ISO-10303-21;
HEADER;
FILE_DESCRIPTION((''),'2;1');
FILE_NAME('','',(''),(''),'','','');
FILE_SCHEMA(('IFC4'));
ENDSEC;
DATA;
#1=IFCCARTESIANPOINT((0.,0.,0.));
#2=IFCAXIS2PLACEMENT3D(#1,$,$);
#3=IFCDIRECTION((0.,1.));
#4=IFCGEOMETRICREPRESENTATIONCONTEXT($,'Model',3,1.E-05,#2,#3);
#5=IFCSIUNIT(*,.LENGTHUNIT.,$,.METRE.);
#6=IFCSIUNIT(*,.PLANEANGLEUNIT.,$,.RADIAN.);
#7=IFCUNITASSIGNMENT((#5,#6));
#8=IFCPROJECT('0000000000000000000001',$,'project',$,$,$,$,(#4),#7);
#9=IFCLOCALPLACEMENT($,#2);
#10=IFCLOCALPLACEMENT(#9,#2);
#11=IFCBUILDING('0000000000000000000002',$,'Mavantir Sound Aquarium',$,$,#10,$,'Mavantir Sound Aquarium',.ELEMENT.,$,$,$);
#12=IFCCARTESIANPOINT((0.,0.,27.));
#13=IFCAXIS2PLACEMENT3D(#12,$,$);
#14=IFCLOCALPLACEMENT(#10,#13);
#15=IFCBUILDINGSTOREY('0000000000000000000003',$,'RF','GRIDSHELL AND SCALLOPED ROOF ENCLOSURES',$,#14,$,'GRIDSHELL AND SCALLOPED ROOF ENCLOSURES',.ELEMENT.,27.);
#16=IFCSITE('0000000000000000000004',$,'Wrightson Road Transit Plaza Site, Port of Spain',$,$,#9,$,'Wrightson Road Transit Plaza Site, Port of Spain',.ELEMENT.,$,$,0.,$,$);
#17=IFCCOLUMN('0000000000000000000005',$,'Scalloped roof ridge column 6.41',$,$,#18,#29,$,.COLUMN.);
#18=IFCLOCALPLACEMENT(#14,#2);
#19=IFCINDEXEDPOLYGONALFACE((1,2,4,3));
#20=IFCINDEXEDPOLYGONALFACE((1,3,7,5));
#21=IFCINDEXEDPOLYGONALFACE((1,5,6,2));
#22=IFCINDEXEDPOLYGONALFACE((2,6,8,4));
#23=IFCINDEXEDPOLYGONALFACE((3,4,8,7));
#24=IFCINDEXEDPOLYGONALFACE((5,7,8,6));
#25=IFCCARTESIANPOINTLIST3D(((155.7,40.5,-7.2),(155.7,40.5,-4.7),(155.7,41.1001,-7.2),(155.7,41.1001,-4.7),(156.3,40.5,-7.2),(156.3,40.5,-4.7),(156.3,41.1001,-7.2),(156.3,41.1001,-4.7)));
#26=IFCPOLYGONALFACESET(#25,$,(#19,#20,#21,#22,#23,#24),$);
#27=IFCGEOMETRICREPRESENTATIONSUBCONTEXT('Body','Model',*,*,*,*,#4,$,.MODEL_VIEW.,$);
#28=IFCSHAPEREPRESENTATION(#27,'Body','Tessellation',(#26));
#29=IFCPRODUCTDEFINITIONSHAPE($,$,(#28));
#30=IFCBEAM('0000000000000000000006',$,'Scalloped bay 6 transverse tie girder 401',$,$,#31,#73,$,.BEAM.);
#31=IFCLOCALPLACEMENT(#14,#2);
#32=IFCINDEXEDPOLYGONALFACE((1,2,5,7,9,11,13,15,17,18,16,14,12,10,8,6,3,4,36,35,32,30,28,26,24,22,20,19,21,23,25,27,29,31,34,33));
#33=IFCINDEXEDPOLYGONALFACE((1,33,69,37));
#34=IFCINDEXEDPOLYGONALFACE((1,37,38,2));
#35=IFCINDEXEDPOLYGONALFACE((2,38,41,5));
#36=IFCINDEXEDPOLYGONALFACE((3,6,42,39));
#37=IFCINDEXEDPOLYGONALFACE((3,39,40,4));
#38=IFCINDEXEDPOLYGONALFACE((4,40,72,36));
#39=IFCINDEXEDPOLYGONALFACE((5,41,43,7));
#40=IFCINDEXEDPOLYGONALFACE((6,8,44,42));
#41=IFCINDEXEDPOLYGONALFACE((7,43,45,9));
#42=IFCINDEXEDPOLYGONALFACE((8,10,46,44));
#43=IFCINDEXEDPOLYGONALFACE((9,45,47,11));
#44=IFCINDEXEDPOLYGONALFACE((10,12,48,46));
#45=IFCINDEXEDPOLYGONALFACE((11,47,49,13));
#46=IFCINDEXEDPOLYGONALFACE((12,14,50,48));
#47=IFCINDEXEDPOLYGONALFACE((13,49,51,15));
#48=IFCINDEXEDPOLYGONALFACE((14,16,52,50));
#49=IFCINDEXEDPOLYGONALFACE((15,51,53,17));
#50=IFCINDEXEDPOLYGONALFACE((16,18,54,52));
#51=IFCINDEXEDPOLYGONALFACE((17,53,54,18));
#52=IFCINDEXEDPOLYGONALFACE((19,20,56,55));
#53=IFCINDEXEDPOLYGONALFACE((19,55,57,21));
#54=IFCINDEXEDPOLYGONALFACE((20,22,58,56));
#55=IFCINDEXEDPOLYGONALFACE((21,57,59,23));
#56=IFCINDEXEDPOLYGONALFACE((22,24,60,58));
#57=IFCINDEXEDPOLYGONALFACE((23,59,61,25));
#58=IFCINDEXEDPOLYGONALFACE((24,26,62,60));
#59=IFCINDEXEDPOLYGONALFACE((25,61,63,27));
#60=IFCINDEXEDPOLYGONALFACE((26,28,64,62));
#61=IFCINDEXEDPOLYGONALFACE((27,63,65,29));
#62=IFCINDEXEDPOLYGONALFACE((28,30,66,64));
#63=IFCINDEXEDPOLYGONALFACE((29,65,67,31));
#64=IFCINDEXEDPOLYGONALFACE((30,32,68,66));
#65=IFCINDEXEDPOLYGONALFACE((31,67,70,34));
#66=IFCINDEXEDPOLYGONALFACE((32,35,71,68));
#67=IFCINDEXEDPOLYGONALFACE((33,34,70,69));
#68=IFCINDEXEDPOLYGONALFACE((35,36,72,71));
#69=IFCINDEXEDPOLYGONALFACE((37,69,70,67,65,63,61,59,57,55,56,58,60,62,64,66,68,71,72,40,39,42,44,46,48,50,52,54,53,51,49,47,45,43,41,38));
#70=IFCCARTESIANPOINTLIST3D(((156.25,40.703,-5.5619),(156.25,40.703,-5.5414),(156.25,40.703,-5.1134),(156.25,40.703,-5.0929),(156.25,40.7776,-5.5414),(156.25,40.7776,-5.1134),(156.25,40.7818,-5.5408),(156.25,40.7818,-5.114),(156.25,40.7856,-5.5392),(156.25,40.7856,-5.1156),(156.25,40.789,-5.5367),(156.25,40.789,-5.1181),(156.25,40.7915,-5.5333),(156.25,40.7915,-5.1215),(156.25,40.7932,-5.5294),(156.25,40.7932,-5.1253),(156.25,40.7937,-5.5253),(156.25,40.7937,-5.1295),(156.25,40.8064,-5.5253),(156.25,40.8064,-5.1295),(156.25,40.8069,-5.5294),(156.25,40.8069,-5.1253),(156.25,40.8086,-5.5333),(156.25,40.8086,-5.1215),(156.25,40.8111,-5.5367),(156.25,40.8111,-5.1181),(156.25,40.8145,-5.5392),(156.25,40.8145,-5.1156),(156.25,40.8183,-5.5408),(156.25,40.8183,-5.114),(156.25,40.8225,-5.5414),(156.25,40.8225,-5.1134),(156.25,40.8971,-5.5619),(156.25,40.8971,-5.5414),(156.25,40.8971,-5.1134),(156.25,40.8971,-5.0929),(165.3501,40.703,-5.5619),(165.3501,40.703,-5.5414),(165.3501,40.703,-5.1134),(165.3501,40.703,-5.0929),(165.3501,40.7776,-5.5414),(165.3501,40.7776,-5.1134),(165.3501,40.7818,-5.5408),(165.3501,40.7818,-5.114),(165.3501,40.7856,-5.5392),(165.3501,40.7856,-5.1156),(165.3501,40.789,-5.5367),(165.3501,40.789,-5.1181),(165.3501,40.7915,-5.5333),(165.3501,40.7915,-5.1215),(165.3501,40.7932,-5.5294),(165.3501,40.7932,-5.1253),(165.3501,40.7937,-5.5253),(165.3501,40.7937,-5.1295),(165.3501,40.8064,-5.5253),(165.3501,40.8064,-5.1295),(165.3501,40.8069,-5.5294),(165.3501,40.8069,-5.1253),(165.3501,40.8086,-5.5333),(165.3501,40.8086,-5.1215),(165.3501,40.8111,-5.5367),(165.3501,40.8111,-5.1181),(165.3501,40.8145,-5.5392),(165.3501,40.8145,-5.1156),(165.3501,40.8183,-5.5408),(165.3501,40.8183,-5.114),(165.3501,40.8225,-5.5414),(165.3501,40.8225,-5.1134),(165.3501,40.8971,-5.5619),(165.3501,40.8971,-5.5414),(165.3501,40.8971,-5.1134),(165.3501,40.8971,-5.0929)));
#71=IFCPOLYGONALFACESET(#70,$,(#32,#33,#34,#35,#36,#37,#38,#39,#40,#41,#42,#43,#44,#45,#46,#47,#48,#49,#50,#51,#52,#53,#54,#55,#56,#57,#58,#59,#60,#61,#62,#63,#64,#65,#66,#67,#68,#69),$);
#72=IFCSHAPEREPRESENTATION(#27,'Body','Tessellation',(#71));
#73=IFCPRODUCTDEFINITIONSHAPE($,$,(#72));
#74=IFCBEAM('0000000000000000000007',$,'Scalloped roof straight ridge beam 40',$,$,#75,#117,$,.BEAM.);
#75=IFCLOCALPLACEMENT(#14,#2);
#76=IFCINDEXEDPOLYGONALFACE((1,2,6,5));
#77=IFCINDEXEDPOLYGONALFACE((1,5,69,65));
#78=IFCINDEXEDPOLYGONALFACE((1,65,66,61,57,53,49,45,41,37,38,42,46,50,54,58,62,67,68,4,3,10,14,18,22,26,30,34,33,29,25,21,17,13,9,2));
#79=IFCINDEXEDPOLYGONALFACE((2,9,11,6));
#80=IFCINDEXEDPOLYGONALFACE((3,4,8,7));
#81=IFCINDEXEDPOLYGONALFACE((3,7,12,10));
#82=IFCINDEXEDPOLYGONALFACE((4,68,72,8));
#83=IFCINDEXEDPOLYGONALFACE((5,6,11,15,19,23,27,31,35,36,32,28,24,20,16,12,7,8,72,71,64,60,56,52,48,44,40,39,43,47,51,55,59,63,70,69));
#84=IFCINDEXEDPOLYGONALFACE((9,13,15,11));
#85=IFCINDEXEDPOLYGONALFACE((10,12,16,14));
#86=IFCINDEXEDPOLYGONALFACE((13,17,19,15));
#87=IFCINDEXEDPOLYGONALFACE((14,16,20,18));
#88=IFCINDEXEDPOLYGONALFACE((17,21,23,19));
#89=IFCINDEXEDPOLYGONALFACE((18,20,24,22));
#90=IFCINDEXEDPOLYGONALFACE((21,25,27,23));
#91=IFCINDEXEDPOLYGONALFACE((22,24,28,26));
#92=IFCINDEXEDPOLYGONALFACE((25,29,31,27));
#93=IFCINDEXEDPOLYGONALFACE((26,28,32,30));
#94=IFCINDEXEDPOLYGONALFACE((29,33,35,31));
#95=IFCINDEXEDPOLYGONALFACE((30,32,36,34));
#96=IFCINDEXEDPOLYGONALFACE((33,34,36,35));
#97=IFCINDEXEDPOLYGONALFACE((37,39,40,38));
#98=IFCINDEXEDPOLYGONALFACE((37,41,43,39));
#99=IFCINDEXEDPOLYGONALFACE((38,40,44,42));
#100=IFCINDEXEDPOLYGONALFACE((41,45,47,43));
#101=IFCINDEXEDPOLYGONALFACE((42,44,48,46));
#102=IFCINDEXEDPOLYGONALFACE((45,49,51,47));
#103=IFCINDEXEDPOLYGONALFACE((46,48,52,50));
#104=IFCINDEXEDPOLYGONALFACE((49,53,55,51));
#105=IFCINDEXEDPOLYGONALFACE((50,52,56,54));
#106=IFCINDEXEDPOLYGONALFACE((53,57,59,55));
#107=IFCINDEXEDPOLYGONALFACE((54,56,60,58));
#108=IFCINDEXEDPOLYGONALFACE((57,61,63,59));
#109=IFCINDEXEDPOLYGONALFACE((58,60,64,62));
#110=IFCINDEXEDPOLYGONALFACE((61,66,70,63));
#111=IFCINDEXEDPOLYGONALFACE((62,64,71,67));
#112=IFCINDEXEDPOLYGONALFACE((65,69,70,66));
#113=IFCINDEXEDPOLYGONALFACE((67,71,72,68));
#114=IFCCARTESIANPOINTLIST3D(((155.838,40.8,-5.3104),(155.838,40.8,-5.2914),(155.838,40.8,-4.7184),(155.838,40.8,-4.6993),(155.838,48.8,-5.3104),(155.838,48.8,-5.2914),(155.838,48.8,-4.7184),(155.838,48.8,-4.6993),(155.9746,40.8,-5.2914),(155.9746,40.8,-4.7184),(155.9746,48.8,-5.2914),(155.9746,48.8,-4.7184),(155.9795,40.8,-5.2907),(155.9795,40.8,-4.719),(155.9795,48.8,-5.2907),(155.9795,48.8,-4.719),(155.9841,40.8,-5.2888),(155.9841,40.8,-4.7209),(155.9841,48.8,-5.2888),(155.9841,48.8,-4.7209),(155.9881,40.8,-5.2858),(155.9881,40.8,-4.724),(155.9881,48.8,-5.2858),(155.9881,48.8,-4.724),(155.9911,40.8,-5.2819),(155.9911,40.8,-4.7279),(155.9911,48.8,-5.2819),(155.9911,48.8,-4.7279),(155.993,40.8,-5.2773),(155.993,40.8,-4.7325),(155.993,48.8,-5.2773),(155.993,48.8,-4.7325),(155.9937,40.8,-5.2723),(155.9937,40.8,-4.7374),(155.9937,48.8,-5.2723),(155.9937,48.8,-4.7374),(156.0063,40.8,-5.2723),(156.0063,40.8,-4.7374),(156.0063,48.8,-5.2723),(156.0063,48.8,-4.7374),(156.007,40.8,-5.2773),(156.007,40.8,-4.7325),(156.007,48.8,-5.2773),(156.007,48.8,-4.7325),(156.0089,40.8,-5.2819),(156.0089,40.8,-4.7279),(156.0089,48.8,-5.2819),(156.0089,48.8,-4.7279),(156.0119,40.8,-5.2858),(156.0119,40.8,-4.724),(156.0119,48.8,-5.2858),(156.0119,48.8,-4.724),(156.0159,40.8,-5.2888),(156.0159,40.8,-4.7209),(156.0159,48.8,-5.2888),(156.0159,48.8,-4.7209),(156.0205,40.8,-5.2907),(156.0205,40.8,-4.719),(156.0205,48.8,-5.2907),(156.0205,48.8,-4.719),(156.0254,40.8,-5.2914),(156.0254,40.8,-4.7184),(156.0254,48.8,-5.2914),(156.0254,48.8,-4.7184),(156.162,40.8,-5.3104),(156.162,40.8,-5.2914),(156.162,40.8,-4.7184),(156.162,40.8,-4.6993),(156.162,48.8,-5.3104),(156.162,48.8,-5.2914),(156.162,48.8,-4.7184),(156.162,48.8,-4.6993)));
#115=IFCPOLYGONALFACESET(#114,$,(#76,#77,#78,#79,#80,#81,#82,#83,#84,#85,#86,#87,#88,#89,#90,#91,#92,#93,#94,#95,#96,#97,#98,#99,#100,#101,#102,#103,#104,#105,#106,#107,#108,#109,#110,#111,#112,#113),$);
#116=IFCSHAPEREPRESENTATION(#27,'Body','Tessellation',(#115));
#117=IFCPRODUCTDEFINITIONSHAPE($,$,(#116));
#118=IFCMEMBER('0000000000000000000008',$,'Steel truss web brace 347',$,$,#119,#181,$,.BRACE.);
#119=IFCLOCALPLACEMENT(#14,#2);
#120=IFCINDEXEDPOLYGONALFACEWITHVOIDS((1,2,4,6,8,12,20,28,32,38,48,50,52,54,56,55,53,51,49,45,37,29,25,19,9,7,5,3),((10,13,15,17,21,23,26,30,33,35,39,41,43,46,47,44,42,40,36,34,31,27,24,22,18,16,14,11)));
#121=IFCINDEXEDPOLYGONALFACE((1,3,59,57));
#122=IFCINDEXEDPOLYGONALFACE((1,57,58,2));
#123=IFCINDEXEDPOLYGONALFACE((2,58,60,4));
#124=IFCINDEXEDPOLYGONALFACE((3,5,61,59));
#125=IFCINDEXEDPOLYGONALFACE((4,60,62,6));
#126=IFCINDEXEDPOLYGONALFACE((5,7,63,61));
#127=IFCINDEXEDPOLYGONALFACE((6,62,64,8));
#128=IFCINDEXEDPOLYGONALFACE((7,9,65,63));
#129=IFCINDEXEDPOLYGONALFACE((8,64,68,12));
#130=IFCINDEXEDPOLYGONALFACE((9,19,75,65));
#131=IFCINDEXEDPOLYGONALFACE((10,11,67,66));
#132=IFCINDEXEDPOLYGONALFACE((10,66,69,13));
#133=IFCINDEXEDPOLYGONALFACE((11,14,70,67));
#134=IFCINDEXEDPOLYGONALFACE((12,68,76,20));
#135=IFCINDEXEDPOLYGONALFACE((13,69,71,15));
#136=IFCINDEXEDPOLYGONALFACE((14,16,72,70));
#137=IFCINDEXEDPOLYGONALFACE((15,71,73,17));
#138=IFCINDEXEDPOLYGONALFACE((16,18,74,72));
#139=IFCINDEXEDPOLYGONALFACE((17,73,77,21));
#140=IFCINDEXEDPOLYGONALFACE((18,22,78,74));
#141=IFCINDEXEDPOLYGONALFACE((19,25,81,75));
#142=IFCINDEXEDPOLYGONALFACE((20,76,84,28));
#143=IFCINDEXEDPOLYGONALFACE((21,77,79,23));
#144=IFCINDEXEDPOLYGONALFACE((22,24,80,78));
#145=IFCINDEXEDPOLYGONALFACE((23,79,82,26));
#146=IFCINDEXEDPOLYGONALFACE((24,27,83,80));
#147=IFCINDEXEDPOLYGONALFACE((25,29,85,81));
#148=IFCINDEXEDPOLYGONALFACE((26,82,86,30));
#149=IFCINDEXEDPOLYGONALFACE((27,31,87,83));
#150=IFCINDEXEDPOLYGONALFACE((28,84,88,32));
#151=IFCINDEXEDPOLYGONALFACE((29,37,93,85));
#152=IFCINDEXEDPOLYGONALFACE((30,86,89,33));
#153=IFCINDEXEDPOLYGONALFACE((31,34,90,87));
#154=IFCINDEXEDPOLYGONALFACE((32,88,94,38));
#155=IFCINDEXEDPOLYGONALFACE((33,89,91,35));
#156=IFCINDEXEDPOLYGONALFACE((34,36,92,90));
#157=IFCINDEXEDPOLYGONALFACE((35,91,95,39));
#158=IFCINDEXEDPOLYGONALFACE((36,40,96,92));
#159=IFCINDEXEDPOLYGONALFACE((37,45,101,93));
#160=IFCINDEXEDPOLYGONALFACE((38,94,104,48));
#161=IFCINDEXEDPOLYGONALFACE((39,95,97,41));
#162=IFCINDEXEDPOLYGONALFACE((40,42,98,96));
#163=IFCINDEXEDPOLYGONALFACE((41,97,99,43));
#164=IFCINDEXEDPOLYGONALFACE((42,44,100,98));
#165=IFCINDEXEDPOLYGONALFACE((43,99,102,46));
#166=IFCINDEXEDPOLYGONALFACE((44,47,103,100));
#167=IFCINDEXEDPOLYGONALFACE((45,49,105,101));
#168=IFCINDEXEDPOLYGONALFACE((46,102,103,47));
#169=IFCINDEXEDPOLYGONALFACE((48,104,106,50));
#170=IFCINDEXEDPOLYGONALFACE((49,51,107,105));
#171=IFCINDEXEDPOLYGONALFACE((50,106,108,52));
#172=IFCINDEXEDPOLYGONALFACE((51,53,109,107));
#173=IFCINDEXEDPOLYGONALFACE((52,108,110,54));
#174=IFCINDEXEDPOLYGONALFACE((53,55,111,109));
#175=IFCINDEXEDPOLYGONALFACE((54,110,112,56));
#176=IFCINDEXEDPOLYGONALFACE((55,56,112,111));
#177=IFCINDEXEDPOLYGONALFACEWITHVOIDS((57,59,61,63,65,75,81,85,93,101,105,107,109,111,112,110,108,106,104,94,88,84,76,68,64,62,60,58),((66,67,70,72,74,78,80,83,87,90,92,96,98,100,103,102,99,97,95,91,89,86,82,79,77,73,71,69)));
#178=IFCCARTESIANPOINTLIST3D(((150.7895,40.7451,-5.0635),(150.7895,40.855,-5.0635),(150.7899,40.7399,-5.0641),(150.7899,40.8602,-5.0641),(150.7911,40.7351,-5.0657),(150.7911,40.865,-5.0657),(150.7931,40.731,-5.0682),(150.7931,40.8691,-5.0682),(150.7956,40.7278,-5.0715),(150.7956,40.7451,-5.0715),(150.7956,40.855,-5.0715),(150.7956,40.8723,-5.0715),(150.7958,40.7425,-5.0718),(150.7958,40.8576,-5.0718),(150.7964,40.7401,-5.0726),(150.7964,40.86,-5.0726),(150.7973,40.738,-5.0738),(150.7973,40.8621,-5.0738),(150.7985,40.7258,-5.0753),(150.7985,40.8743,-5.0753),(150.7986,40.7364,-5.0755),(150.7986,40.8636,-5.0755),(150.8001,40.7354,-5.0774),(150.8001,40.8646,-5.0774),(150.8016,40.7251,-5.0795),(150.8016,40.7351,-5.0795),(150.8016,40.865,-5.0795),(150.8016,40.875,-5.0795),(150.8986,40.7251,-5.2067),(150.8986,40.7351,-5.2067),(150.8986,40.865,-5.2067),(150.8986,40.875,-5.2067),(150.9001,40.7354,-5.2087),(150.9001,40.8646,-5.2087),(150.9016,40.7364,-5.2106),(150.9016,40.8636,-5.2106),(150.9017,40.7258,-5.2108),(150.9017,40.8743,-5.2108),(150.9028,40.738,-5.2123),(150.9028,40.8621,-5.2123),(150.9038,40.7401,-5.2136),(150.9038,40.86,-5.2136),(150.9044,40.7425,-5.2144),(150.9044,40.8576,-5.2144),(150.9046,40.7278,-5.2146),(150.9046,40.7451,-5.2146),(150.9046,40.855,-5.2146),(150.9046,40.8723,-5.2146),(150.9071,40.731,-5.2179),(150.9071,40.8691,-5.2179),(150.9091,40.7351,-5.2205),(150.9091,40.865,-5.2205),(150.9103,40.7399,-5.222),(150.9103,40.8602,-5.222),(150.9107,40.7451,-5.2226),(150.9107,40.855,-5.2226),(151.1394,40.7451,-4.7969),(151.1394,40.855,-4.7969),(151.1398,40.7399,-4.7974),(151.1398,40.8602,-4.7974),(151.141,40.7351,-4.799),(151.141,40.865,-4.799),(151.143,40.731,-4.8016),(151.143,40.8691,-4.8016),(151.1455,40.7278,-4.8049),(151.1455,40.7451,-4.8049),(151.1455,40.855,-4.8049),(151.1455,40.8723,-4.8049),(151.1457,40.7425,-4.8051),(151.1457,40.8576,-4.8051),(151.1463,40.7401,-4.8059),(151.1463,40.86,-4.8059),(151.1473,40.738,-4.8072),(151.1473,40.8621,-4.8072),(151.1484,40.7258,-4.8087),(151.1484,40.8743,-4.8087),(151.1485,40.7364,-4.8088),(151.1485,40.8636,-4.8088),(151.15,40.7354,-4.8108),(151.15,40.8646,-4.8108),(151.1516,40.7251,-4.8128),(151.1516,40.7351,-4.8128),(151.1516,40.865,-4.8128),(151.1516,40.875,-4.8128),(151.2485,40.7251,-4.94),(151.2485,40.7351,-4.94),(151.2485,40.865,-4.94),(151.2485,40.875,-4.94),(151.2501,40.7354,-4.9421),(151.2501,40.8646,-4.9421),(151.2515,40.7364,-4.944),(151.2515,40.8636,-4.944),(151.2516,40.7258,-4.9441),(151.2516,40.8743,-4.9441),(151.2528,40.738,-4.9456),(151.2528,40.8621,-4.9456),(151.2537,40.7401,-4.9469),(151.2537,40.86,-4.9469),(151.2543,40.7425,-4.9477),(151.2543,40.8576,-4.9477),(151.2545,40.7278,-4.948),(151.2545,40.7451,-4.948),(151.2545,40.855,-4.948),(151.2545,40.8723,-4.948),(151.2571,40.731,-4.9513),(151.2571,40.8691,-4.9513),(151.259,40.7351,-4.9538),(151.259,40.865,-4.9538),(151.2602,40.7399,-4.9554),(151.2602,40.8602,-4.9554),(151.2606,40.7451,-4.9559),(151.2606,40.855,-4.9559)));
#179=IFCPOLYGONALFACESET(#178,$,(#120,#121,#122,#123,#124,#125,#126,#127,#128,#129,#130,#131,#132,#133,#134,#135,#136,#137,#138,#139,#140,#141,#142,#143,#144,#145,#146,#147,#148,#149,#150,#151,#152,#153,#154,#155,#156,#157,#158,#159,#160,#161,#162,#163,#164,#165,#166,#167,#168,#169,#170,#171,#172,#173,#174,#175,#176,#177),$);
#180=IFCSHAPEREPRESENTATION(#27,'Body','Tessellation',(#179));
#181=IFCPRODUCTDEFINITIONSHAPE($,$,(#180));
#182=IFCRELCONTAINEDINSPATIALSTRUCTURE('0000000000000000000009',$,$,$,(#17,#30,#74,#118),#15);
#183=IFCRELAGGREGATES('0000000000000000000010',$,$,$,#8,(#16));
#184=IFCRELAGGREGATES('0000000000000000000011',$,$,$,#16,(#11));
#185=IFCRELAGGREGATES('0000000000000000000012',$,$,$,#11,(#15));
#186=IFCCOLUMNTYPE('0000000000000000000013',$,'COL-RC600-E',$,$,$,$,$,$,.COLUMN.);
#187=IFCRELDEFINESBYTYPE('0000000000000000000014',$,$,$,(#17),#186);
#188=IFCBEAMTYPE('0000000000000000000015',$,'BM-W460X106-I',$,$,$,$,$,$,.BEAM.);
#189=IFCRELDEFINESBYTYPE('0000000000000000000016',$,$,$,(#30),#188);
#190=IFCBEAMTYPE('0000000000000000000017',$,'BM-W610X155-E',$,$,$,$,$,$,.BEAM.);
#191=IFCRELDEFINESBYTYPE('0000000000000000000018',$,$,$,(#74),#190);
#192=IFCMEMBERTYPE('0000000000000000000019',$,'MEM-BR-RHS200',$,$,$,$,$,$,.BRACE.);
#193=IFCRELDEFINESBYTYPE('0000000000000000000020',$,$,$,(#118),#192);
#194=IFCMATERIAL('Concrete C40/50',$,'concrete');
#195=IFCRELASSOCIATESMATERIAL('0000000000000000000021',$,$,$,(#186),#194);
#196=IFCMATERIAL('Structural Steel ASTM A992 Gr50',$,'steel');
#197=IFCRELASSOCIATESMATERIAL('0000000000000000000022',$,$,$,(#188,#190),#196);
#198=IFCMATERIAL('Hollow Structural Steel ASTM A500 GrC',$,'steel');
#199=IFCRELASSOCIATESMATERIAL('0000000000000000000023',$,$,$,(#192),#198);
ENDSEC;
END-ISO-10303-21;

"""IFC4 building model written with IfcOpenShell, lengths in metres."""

from ifc_helpers import new_model, si_unit, direction, frame, origin, origin_2d, place, context, subcontext, project, spatial, rectangle, hollow_rectangle, i_section, extrude, material, material_profile, profile_set, type_object, element, save


model = new_model("IFC4")

# Units and contexts
model_context = context("Model", 3, precision=1e-05, world=origin(), true_north=direction((0.0, 1.0)))
body_context = subcontext(model_context, "Body", "Model", "MODEL_VIEW")
ifc_project = project(units=[si_unit("LENGTHUNIT", "METRE"), si_unit("PLANEANGLEUNIT", "RADIAN")], contexts=[model_context])

# Site, building, storey
site_placement = place(None, origin())
site = spatial("IfcSite", under=ifc_project, at=site_placement, Name="Wrightson Road Transit Plaza Site, Port of Spain", LongName="Wrightson Road Transit Plaza Site, Port of Spain", CompositionType="ELEMENT", RefElevation=0.0)
building_placement = place(site_placement, origin())
building = spatial("IfcBuilding", under=site, at=building_placement, Name="Mavantir Sound Aquarium", LongName="Mavantir Sound Aquarium", CompositionType="ELEMENT")
storey_placement = place(building_placement, frame((0.0, 0.0, 27.0)))
storey = spatial("IfcBuildingStorey", under=building, at=storey_placement, Name="RF", Description="GRIDSHELL AND SCALLOPED ROOF ENCLOSURES", LongName="GRIDSHELL AND SCALLOPED ROOF ENCLOSURES", CompositionType="ELEMENT", Elevation=27.0)

# Column
ifc_material_1 = material(Name="Concrete C40/50", Category="concrete")
ifc_material_profile_1 = material_profile(ifc_material_1, rectangle(XDim=0.6001, YDim=0.6001, at=origin_2d()), Name="RC 600X600")
ifc_profile_set_1 = profile_set([ifc_material_profile_1], Name="Concrete C40/50")
column_type = type_object("IfcColumnType", Name="COL-RC600-E", PredefinedType="COLUMN", material=ifc_profile_set_1)
column_placement = place(storey_placement, frame((156.0, 40.8, -7.2), z_axis=(0.0, 0.0, 1.0), x_axis=(1.0, 0.0, 0.0)))
element("IfcColumn", 1, at=column_placement, inside=storey, type_object=column_type, Name="Scalloped roof ridge column 6.41", PredefinedType="COLUMN", context=body_context, shape_type="SweptSolid", body=[
    extrude(rectangle(XDim=0.6001, YDim=0.6001, at=origin_2d()), origin(), (0.0, 0.0, 1.0), 2.5),
])

# Beams
ifc_material_2 = material(Name="Structural Steel ASTM A992 Gr50", Category="steel")
ifc_material_profile_2 = material_profile(ifc_material_2, i_section(OverallWidth=0.1941, OverallDepth=0.469, WebThickness=0.0127, FlangeThickness=0.0205, FilletRadius=0.0161, at=origin_2d()), Name="W460X106")
ifc_profile_set_2 = profile_set([ifc_material_profile_2], Name="Structural Steel ASTM A992 Gr50")
beam_type_1 = type_object("IfcBeamType", Name="BM-W460X106-I", PredefinedType="BEAM", material=ifc_profile_set_2)
beam_1_placement = place(storey_placement, frame((156.25, 40.8, -5.3274), z_axis=(1.0, 0.0, 0.0), x_axis=(0.0, 1.0, 0.0)))
element("IfcBeam", 2, at=beam_1_placement, inside=storey, type_object=beam_type_1, Name="Scalloped bay 6 transverse tie girder 401", PredefinedType="BEAM", context=body_context, shape_type="SweptSolid", body=[
    extrude(i_section(OverallWidth=0.1941, OverallDepth=0.469, WebThickness=0.0127, FlangeThickness=0.0205, FilletRadius=0.0161, at=origin_2d()), origin(), (0.0, 0.0, 1.0), 9.1001),
])
ifc_material_profile_3 = material_profile(ifc_material_2, i_section(OverallWidth=0.324, OverallDepth=0.6111, WebThickness=0.0127, FlangeThickness=0.019, FilletRadius=0.019, at=origin_2d()), Name="W610X155")
ifc_profile_set_3 = profile_set([ifc_material_profile_3], Name="Structural Steel ASTM A992 Gr50")
beam_type_2 = type_object("IfcBeamType", Name="BM-W610X155-E", PredefinedType="BEAM", material=ifc_profile_set_3)
beam_2_placement = place(storey_placement, frame((156.0, 40.8, -5.0049), z_axis=(0.0, 1.0, 0.0), x_axis=(-1.0, 0.0, 0.0)))
element("IfcBeam", 3, at=beam_2_placement, inside=storey, type_object=beam_type_2, Name="Scalloped roof straight ridge beam 40", PredefinedType="BEAM", context=body_context, shape_type="SweptSolid", body=[
    extrude(i_section(OverallWidth=0.324, OverallDepth=0.6111, WebThickness=0.0127, FlangeThickness=0.019, FilletRadius=0.019, at=origin_2d()), origin(), (0.0, 0.0, 1.0), 8.0),
])

# Member
ifc_material_3 = material(Name="Hollow Structural Steel ASTM A500 GrC", Category="steel")
ifc_material_profile_4 = material_profile(ifc_material_3, hollow_rectangle(XDim=0.1499, YDim=0.2, WallThickness=0.01, InnerFilletRadius=0.01, OuterFilletRadius=0.02, at=origin_2d()), Name="RHS 200X150X10")
ifc_profile_set_4 = profile_set([ifc_material_profile_4], Name="Hollow Structural Steel ASTM A500 GrC")
member_type_1 = type_object("IfcMemberType", Name="MEM-BR-RHS200", PredefinedType="BRACE", material=ifc_profile_set_4)
member_1_placement = place(storey_placement, frame((150.8501, 40.8, -5.1431), z_axis=(0.795381, 0.0, 0.60611), x_axis=(0.0, 1.0, 0.0)))
element("IfcMember", 4, at=member_1_placement, inside=storey, type_object=member_type_1, Name="Steel truss web brace 347", PredefinedType="BRACE", context=body_context, shape_type="SweptSolid", body=[
    extrude(hollow_rectangle(XDim=0.1499, YDim=0.2, WallThickness=0.01, InnerFilletRadius=0.01, OuterFilletRadius=0.02, at=origin_2d()), origin(), (0.0, 0.0, 1.0), 0.4399),
])

save(model, "model.ifc")
